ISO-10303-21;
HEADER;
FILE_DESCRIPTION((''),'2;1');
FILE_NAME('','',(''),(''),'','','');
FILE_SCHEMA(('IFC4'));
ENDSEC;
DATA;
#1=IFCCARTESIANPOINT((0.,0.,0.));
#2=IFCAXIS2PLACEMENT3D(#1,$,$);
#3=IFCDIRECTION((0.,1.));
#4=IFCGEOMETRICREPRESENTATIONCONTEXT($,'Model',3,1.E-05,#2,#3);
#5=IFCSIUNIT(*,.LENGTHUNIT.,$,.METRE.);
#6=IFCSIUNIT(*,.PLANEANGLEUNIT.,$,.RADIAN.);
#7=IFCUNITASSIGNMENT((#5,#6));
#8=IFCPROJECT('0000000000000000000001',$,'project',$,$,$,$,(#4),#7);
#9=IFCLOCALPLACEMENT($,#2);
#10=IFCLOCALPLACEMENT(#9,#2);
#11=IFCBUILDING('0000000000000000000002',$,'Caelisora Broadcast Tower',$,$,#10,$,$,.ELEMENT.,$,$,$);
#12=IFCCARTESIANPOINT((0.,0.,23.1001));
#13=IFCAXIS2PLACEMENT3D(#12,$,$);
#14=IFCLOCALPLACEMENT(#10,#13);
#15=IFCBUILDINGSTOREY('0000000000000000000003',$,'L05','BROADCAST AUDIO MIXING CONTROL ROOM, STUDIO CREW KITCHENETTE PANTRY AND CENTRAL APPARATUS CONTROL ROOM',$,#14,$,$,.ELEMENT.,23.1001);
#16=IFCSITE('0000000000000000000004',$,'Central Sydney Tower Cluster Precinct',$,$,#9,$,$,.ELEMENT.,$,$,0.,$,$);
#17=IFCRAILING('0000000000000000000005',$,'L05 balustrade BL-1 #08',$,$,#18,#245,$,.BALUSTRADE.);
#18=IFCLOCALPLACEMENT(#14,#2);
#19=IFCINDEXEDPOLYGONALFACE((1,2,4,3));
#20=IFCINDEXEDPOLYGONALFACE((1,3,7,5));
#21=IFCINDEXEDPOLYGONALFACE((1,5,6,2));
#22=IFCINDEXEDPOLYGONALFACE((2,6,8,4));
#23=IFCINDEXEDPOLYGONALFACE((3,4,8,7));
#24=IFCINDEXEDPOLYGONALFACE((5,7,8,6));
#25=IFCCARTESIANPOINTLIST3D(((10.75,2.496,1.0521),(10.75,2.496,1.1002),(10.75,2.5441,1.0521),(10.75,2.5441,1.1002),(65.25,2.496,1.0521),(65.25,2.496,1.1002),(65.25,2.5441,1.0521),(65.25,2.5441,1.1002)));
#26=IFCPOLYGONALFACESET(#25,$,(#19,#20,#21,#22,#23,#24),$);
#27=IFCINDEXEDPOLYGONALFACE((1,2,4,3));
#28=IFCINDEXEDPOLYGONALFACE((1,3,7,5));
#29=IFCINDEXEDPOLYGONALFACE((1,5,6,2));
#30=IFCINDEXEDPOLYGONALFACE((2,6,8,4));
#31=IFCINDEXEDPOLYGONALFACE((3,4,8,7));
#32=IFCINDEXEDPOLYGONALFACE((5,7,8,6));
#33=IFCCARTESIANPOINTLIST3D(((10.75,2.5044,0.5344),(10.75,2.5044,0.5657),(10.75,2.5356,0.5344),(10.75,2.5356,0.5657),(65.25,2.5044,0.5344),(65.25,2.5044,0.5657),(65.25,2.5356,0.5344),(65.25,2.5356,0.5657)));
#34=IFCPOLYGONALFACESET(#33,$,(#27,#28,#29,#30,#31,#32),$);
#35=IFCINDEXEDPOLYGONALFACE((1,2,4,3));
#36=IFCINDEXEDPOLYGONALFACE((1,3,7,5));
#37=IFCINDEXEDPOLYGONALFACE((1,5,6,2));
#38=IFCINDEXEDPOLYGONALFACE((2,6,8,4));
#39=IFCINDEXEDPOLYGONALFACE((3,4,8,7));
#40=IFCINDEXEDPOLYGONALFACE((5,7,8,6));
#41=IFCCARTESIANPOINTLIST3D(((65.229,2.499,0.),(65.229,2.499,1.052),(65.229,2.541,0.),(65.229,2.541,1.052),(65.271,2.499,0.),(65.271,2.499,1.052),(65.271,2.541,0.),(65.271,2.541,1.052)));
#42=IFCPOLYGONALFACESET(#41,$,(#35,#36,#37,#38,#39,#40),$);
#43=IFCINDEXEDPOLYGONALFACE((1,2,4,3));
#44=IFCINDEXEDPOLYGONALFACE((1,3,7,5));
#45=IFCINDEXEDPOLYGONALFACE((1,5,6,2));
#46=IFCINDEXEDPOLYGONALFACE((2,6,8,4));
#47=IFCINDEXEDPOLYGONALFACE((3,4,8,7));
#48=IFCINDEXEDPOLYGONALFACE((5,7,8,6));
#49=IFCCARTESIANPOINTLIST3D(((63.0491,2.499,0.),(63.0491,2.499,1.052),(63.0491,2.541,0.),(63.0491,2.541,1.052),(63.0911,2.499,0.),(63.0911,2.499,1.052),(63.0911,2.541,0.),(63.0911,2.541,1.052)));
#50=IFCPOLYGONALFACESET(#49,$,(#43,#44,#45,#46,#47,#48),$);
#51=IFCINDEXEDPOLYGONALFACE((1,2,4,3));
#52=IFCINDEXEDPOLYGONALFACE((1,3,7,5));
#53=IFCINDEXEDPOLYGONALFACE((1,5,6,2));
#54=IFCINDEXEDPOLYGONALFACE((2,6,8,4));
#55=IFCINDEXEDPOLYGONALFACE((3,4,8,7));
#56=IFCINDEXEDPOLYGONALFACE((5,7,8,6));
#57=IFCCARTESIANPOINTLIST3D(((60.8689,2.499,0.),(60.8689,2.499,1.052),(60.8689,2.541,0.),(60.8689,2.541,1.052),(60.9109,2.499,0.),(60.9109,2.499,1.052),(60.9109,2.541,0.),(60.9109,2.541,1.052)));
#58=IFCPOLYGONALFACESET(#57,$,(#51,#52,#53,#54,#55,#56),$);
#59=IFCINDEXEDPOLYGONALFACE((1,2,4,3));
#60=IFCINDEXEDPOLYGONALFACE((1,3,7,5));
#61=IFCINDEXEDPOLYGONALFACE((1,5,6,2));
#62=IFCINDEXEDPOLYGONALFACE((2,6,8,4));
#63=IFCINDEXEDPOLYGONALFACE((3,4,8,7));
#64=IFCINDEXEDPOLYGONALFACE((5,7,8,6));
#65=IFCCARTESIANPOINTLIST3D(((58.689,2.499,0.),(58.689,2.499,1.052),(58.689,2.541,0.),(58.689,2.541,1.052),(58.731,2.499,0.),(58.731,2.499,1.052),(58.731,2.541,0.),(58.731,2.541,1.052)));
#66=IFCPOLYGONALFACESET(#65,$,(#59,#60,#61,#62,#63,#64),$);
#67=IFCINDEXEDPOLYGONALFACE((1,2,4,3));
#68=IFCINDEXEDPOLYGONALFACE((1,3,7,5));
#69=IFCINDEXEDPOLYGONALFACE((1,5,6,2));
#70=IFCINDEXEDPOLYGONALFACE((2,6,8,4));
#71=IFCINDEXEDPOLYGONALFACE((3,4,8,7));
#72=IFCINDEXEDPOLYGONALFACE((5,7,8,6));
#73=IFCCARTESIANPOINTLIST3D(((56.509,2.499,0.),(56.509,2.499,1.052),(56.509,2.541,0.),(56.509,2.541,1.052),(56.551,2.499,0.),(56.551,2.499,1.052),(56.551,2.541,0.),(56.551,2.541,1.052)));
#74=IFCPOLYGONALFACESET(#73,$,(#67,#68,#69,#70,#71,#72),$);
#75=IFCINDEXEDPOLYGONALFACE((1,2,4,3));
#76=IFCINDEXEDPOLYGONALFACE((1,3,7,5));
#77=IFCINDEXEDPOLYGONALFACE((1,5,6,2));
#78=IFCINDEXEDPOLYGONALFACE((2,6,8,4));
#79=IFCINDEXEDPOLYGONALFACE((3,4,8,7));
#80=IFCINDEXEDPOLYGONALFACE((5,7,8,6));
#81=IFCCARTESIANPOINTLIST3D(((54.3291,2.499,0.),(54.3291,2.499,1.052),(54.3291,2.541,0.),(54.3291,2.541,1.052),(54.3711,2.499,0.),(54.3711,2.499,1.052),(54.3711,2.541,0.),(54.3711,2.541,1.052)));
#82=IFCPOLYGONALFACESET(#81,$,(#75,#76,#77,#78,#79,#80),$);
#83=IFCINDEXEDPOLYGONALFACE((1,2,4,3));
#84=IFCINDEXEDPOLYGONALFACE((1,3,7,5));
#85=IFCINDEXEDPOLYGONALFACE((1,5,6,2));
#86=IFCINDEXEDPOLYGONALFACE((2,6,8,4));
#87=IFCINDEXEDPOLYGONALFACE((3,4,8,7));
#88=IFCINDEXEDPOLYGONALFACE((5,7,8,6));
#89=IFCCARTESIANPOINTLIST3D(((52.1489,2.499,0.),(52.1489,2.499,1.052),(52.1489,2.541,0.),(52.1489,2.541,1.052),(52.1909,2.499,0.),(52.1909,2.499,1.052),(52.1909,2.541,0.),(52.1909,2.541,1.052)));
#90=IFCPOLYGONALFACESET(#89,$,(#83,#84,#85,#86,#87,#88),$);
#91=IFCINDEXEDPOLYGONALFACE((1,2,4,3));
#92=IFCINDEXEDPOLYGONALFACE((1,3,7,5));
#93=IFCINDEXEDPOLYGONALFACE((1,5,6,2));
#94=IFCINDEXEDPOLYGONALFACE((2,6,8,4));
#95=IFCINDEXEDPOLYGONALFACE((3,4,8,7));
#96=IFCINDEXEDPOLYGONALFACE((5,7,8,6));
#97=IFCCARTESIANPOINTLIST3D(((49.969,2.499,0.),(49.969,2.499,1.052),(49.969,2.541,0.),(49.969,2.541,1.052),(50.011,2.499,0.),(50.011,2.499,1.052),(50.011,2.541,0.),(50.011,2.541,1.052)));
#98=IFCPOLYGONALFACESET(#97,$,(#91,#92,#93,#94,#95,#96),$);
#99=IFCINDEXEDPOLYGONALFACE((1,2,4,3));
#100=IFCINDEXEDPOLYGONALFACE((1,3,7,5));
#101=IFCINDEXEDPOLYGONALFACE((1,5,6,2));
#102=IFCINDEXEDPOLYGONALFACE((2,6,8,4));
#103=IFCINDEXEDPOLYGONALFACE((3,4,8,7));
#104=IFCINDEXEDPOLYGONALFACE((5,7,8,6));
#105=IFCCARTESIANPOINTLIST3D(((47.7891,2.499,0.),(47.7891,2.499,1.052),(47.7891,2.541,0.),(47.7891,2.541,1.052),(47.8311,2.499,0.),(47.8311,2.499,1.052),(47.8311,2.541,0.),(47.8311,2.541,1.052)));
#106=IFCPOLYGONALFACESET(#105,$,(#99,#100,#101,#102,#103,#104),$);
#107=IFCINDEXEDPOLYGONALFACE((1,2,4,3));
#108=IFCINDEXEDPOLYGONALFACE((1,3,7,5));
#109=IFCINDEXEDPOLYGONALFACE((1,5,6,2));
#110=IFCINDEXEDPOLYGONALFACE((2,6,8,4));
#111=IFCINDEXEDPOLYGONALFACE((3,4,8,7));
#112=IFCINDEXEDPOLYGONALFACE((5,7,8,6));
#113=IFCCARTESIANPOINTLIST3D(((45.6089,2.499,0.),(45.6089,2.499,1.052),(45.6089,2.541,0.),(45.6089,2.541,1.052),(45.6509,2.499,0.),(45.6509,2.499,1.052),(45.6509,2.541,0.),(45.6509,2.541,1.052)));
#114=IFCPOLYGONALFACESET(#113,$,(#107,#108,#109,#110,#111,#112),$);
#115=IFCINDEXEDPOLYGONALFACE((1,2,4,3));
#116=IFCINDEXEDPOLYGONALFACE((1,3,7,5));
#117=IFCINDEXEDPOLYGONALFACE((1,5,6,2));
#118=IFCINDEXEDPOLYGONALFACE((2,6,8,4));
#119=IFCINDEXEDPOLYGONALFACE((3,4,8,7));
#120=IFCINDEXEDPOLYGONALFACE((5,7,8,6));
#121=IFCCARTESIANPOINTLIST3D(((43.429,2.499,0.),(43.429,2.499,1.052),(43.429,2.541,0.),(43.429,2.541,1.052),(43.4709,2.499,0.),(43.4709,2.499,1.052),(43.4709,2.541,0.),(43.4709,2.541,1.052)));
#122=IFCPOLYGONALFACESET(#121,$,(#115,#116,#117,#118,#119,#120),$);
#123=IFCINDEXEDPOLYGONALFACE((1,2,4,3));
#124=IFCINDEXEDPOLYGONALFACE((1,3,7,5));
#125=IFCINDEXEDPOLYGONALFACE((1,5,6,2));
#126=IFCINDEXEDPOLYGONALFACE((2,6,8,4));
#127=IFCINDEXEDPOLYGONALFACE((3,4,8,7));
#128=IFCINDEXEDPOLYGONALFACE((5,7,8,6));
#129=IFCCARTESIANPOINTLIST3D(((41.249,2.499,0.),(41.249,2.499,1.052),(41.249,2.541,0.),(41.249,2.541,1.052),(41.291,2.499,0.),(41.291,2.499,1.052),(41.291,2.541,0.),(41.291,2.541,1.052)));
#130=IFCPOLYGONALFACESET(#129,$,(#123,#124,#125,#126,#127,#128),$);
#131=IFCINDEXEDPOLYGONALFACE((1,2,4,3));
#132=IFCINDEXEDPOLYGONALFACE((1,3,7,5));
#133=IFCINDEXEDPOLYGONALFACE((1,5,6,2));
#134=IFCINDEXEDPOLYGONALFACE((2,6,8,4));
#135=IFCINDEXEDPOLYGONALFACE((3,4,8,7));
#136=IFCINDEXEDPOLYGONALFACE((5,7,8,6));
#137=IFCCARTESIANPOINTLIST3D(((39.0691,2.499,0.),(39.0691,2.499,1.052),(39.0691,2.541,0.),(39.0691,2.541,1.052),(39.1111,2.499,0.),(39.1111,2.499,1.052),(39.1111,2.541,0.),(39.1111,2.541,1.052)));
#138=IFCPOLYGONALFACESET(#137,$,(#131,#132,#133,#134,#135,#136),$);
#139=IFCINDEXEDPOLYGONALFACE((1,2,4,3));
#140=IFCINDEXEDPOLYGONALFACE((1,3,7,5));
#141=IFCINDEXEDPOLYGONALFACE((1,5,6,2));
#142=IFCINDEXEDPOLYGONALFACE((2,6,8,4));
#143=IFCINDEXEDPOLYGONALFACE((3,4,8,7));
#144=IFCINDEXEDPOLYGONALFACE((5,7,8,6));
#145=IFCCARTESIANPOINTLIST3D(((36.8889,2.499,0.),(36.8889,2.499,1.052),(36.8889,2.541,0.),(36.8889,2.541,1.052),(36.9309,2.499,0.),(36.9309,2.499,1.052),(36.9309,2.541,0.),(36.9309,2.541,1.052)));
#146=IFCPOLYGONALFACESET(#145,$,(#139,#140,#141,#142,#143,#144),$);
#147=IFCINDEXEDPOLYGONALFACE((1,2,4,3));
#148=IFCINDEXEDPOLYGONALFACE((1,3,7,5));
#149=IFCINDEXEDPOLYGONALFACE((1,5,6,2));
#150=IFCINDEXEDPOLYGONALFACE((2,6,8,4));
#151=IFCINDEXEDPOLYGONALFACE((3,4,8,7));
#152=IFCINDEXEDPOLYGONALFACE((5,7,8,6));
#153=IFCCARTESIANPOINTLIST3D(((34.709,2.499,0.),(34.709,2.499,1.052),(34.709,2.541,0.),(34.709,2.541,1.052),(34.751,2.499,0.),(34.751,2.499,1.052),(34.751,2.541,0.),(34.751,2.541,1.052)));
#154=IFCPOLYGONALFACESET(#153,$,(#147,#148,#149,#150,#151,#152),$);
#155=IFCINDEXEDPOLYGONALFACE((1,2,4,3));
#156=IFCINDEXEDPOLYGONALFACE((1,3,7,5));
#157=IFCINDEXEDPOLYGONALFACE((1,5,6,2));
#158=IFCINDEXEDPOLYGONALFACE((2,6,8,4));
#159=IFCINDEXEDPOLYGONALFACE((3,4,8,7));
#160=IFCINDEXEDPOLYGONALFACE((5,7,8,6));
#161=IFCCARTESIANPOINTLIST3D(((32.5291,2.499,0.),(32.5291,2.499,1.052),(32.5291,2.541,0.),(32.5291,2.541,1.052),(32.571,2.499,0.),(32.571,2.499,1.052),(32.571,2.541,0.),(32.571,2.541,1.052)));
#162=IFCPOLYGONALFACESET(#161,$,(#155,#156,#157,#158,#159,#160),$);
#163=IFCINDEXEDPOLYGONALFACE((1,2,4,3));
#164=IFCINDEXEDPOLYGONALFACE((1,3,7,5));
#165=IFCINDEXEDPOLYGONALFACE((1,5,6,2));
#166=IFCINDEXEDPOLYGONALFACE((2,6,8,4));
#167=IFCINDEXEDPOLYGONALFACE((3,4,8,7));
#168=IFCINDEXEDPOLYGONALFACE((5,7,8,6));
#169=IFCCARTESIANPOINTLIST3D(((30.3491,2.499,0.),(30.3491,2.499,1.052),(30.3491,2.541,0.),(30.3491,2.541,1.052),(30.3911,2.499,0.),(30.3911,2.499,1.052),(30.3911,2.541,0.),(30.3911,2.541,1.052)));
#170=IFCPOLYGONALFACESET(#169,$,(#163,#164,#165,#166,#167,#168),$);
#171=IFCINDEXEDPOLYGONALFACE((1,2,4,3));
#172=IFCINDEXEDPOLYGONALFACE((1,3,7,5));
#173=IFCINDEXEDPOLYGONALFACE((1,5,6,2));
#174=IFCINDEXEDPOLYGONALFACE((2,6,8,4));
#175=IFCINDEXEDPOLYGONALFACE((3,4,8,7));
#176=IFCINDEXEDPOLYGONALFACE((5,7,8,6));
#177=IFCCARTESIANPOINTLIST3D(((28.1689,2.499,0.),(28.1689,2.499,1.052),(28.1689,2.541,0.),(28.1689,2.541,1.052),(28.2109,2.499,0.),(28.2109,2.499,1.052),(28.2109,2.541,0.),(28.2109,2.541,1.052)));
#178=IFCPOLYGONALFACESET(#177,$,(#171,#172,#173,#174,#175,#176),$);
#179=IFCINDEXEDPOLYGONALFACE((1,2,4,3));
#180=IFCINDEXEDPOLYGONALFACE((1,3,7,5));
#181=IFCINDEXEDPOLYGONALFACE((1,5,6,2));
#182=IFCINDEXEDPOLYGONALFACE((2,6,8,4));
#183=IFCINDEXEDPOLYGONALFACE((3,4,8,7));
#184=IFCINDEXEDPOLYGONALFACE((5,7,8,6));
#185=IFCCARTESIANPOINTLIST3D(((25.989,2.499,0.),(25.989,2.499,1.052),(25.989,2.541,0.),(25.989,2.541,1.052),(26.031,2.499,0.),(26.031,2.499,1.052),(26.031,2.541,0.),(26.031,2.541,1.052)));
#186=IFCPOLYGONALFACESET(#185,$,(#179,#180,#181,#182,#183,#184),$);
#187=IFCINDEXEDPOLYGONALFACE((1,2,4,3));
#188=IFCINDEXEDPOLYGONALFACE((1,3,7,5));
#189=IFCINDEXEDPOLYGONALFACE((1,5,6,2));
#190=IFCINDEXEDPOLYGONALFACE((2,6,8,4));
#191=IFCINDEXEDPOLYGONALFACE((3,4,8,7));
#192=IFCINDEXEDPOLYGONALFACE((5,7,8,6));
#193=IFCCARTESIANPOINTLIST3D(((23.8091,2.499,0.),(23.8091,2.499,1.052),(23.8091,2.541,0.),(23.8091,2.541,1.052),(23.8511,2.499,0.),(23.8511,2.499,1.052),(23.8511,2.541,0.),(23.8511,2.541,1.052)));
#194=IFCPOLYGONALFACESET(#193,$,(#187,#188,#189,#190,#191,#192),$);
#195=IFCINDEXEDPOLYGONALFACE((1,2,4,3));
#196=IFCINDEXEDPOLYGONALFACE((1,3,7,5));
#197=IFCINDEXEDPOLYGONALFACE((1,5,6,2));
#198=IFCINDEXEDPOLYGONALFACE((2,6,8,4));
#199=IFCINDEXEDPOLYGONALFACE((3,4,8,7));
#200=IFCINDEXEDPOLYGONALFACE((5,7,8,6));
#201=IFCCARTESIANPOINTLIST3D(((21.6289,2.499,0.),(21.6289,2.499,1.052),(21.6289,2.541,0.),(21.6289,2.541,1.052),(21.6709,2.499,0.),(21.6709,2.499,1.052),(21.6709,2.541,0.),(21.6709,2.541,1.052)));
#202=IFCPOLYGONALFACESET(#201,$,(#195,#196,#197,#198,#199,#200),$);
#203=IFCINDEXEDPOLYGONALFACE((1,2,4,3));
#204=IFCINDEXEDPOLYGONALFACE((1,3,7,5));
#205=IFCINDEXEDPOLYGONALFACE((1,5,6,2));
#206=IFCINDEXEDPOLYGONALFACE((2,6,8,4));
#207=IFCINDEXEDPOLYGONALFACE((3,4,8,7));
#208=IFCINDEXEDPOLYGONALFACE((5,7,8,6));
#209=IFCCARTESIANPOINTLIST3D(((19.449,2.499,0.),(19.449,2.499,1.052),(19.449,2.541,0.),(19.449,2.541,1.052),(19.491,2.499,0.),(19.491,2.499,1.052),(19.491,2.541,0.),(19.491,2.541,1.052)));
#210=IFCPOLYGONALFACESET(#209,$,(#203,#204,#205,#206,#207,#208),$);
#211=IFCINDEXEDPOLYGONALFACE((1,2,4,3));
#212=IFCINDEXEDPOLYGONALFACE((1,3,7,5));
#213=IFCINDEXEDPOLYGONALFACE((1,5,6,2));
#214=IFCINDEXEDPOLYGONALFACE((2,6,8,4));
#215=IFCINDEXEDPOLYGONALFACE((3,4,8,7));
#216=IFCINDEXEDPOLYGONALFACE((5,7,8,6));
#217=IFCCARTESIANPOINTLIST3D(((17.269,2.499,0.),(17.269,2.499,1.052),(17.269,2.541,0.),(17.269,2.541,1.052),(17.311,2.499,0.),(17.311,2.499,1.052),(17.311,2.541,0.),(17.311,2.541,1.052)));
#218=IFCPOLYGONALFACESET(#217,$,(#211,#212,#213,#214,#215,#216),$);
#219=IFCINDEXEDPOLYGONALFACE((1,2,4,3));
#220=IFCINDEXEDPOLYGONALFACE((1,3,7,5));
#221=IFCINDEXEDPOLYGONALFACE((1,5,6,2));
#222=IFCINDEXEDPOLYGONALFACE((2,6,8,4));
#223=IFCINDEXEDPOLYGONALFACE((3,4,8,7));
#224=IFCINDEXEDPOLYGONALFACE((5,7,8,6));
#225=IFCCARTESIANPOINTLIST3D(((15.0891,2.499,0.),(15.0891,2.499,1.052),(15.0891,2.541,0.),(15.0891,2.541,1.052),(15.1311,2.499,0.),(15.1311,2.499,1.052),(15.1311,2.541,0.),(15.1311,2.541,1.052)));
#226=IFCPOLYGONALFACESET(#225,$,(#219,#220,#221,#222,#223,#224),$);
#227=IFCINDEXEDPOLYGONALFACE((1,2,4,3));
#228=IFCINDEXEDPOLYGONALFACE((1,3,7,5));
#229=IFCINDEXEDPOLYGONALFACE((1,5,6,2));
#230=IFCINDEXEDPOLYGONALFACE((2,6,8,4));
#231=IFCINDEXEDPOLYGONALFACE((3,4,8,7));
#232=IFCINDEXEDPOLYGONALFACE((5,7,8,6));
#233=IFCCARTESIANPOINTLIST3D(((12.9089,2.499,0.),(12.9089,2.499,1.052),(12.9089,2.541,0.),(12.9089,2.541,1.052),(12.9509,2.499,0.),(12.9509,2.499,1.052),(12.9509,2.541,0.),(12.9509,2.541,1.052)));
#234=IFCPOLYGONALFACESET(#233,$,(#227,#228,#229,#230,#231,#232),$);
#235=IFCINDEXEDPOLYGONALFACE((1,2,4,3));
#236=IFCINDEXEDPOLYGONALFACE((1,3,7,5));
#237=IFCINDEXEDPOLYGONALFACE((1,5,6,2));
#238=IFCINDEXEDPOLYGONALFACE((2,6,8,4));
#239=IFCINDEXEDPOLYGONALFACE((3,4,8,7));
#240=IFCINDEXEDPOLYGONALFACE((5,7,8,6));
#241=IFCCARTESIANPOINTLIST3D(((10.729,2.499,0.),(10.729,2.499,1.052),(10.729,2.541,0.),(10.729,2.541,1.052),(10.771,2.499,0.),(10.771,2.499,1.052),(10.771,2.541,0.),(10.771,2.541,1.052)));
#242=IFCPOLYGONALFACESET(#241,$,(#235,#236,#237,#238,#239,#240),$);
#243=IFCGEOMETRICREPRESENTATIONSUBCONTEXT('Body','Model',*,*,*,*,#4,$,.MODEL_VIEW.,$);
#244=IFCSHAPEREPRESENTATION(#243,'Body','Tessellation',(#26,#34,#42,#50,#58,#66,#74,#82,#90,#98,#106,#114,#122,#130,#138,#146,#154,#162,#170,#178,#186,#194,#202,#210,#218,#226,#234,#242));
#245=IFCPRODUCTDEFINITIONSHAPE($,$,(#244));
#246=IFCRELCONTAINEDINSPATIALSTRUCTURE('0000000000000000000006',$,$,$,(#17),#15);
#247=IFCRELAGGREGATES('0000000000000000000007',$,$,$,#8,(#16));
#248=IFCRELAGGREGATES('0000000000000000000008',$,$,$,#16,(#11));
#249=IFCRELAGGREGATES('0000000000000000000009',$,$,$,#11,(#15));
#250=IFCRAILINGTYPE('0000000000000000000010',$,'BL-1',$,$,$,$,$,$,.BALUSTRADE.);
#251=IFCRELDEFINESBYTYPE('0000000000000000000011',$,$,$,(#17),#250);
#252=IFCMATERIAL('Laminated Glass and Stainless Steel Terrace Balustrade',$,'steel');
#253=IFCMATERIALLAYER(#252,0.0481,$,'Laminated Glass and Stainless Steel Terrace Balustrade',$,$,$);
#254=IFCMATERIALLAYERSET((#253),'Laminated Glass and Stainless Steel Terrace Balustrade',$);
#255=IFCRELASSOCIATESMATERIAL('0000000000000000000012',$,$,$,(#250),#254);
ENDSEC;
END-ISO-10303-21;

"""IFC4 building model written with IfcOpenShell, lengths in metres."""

from ifc_helpers import new_model, si_unit, direction, frame, origin, origin_2d, place, context, subcontext, project, spatial, rectangle, extrude, material, layer, layer_set, type_object, element, save


model = new_model("IFC4")

# Units and contexts
model_context = context("Model", 3, precision=1e-05, world=origin(), true_north=direction((0.0, 1.0)))
body_context = subcontext(model_context, "Body", "Model", "MODEL_VIEW")
ifc_project = project(units=[si_unit("LENGTHUNIT", "METRE"), si_unit("PLANEANGLEUNIT", "RADIAN")], contexts=[model_context])

# Site, building, storey
site_placement = place(None, origin())
site = spatial("IfcSite", under=ifc_project, at=site_placement, Name="Central Sydney Tower Cluster Precinct", CompositionType="ELEMENT", RefElevation=0.0)
building_placement = place(site_placement, origin())
building = spatial("IfcBuilding", under=site, at=building_placement, Name="Caelisora Broadcast Tower", CompositionType="ELEMENT")
storey_placement = place(building_placement, frame((0.0, 0.0, 23.1001)))
storey = spatial("IfcBuildingStorey", under=building, at=storey_placement, Name="L05", Description="BROADCAST AUDIO MIXING CONTROL ROOM, STUDIO CREW KITCHENETTE PANTRY AND CENTRAL APPARATUS CONTROL ROOM", CompositionType="ELEMENT", Elevation=23.1001)

# Railing
ifc_material_1 = material(Name="Laminated Glass and Stainless Steel Terrace Balustrade", Category="steel")
ifc_layer_1 = layer(ifc_material_1, 0.0481, Name="Laminated Glass and Stainless Steel Terrace Balustrade")
ifc_layer_set_1 = layer_set([ifc_layer_1], Name="Laminated Glass and Stainless Steel Terrace Balustrade")
railing_type_1 = type_object("IfcRailingType", Name="BL-1", PredefinedType="BALUSTRADE", material=ifc_layer_set_1)
railing_1_placement = place(storey_placement, frame((65.25, 2.52, 0.0)))
element("IfcRailing", 1, at=railing_1_placement, inside=storey, type_object=railing_type_1, Name="L05 balustrade BL-1 #08", PredefinedType="BALUSTRADE", context=body_context, shape_type="SweptSolid", body=[
    extrude(rectangle(XDim=0.0481, YDim=0.0481, at=origin_2d()), frame((0.0, 0.0, 1.0762), z_axis=(-1.0, 0.0, 0.0), x_axis=(0.0, -1.0, 0.0)), (0.0, 0.0, 1.0), 54.5),
    extrude(rectangle(XDim=0.0312, YDim=0.0312, at=origin_2d()), frame((0.0, 0.0, 0.55), z_axis=(-1.0, 0.0, 0.0), x_axis=(0.0, -1.0, 0.0)), (0.0, 0.0, 1.0), 54.5),
    extrude(rectangle(XDim=0.042, YDim=0.042, at=origin_2d()), origin(), (0.0, 0.0, 1.0), 1.052),
    extrude(rectangle(XDim=0.042, YDim=0.042, at=origin_2d()), frame((-2.1799, 0.0, 0.0)), (0.0, 0.0, 1.0), 1.052),
    extrude(rectangle(XDim=0.042, YDim=0.042, at=origin_2d()), frame((-4.3601, 0.0, 0.0)), (0.0, 0.0, 1.0), 1.052),
    extrude(rectangle(XDim=0.042, YDim=0.042, at=origin_2d()), frame((-6.54, 0.0, 0.0)), (0.0, 0.0, 1.0), 1.052),
    extrude(rectangle(XDim=0.042, YDim=0.042, at=origin_2d()), frame((-8.72, 0.0, 0.0)), (0.0, 0.0, 1.0), 1.052),
    extrude(rectangle(XDim=0.042, YDim=0.042, at=origin_2d()), frame((-10.8999, 0.0, 0.0)), (0.0, 0.0, 1.0), 1.052),
    extrude(rectangle(XDim=0.042, YDim=0.042, at=origin_2d()), frame((-13.0801, 0.0, 0.0)), (0.0, 0.0, 1.0), 1.052),
    extrude(rectangle(XDim=0.042, YDim=0.042, at=origin_2d()), frame((-15.26, 0.0, 0.0)), (0.0, 0.0, 1.0), 1.052),
    extrude(rectangle(XDim=0.042, YDim=0.042, at=origin_2d()), frame((-17.4399, 0.0, 0.0)), (0.0, 0.0, 1.0), 1.052),
    extrude(rectangle(XDim=0.042, YDim=0.042, at=origin_2d()), frame((-19.6201, 0.0, 0.0)), (0.0, 0.0, 1.0), 1.052),
    extrude(rectangle(XDim=0.042, YDim=0.042, at=origin_2d()), frame((-21.8, 0.0, 0.0)), (0.0, 0.0, 1.0), 1.052),
    extrude(rectangle(XDim=0.042, YDim=0.042, at=origin_2d()), frame((-23.98, 0.0, 0.0)), (0.0, 0.0, 1.0), 1.052),
    extrude(rectangle(XDim=0.042, YDim=0.042, at=origin_2d()), frame((-26.1599, 0.0, 0.0)), (0.0, 0.0, 1.0), 1.052),
    extrude(rectangle(XDim=0.042, YDim=0.042, at=origin_2d()), frame((-28.3401, 0.0, 0.0)), (0.0, 0.0, 1.0), 1.052),
    extrude(rectangle(XDim=0.042, YDim=0.042, at=origin_2d()), frame((-30.52, 0.0, 0.0)), (0.0, 0.0, 1.0), 1.052),
    extrude(rectangle(XDim=0.042, YDim=0.042, at=origin_2d()), frame((-32.7, 0.0, 0.0)), (0.0, 0.0, 1.0), 1.052),
    extrude(rectangle(XDim=0.042, YDim=0.042, at=origin_2d()), frame((-34.8799, 0.0, 0.0)), (0.0, 0.0, 1.0), 1.052),
    extrude(rectangle(XDim=0.042, YDim=0.042, at=origin_2d()), frame((-37.0601, 0.0, 0.0)), (0.0, 0.0, 1.0), 1.052),
    extrude(rectangle(XDim=0.042, YDim=0.042, at=origin_2d()), frame((-39.24, 0.0, 0.0)), (0.0, 0.0, 1.0), 1.052),
    extrude(rectangle(XDim=0.042, YDim=0.042, at=origin_2d()), frame((-41.4199, 0.0, 0.0)), (0.0, 0.0, 1.0), 1.052),
    extrude(rectangle(XDim=0.042, YDim=0.042, at=origin_2d()), frame((-43.6001, 0.0, 0.0)), (0.0, 0.0, 1.0), 1.052),
    extrude(rectangle(XDim=0.042, YDim=0.042, at=origin_2d()), frame((-45.78, 0.0, 0.0)), (0.0, 0.0, 1.0), 1.052),
    extrude(rectangle(XDim=0.042, YDim=0.042, at=origin_2d()), frame((-47.96, 0.0, 0.0)), (0.0, 0.0, 1.0), 1.052),
    extrude(rectangle(XDim=0.042, YDim=0.042, at=origin_2d()), frame((-50.1399, 0.0, 0.0)), (0.0, 0.0, 1.0), 1.052),
    extrude(rectangle(XDim=0.042, YDim=0.042, at=origin_2d()), frame((-52.3201, 0.0, 0.0)), (0.0, 0.0, 1.0), 1.052),
    extrude(rectangle(XDim=0.042, YDim=0.042, at=origin_2d()), frame((-54.5, 0.0, 0.0)), (0.0, 0.0, 1.0), 1.052),
])

save(model, "model.ifc")
